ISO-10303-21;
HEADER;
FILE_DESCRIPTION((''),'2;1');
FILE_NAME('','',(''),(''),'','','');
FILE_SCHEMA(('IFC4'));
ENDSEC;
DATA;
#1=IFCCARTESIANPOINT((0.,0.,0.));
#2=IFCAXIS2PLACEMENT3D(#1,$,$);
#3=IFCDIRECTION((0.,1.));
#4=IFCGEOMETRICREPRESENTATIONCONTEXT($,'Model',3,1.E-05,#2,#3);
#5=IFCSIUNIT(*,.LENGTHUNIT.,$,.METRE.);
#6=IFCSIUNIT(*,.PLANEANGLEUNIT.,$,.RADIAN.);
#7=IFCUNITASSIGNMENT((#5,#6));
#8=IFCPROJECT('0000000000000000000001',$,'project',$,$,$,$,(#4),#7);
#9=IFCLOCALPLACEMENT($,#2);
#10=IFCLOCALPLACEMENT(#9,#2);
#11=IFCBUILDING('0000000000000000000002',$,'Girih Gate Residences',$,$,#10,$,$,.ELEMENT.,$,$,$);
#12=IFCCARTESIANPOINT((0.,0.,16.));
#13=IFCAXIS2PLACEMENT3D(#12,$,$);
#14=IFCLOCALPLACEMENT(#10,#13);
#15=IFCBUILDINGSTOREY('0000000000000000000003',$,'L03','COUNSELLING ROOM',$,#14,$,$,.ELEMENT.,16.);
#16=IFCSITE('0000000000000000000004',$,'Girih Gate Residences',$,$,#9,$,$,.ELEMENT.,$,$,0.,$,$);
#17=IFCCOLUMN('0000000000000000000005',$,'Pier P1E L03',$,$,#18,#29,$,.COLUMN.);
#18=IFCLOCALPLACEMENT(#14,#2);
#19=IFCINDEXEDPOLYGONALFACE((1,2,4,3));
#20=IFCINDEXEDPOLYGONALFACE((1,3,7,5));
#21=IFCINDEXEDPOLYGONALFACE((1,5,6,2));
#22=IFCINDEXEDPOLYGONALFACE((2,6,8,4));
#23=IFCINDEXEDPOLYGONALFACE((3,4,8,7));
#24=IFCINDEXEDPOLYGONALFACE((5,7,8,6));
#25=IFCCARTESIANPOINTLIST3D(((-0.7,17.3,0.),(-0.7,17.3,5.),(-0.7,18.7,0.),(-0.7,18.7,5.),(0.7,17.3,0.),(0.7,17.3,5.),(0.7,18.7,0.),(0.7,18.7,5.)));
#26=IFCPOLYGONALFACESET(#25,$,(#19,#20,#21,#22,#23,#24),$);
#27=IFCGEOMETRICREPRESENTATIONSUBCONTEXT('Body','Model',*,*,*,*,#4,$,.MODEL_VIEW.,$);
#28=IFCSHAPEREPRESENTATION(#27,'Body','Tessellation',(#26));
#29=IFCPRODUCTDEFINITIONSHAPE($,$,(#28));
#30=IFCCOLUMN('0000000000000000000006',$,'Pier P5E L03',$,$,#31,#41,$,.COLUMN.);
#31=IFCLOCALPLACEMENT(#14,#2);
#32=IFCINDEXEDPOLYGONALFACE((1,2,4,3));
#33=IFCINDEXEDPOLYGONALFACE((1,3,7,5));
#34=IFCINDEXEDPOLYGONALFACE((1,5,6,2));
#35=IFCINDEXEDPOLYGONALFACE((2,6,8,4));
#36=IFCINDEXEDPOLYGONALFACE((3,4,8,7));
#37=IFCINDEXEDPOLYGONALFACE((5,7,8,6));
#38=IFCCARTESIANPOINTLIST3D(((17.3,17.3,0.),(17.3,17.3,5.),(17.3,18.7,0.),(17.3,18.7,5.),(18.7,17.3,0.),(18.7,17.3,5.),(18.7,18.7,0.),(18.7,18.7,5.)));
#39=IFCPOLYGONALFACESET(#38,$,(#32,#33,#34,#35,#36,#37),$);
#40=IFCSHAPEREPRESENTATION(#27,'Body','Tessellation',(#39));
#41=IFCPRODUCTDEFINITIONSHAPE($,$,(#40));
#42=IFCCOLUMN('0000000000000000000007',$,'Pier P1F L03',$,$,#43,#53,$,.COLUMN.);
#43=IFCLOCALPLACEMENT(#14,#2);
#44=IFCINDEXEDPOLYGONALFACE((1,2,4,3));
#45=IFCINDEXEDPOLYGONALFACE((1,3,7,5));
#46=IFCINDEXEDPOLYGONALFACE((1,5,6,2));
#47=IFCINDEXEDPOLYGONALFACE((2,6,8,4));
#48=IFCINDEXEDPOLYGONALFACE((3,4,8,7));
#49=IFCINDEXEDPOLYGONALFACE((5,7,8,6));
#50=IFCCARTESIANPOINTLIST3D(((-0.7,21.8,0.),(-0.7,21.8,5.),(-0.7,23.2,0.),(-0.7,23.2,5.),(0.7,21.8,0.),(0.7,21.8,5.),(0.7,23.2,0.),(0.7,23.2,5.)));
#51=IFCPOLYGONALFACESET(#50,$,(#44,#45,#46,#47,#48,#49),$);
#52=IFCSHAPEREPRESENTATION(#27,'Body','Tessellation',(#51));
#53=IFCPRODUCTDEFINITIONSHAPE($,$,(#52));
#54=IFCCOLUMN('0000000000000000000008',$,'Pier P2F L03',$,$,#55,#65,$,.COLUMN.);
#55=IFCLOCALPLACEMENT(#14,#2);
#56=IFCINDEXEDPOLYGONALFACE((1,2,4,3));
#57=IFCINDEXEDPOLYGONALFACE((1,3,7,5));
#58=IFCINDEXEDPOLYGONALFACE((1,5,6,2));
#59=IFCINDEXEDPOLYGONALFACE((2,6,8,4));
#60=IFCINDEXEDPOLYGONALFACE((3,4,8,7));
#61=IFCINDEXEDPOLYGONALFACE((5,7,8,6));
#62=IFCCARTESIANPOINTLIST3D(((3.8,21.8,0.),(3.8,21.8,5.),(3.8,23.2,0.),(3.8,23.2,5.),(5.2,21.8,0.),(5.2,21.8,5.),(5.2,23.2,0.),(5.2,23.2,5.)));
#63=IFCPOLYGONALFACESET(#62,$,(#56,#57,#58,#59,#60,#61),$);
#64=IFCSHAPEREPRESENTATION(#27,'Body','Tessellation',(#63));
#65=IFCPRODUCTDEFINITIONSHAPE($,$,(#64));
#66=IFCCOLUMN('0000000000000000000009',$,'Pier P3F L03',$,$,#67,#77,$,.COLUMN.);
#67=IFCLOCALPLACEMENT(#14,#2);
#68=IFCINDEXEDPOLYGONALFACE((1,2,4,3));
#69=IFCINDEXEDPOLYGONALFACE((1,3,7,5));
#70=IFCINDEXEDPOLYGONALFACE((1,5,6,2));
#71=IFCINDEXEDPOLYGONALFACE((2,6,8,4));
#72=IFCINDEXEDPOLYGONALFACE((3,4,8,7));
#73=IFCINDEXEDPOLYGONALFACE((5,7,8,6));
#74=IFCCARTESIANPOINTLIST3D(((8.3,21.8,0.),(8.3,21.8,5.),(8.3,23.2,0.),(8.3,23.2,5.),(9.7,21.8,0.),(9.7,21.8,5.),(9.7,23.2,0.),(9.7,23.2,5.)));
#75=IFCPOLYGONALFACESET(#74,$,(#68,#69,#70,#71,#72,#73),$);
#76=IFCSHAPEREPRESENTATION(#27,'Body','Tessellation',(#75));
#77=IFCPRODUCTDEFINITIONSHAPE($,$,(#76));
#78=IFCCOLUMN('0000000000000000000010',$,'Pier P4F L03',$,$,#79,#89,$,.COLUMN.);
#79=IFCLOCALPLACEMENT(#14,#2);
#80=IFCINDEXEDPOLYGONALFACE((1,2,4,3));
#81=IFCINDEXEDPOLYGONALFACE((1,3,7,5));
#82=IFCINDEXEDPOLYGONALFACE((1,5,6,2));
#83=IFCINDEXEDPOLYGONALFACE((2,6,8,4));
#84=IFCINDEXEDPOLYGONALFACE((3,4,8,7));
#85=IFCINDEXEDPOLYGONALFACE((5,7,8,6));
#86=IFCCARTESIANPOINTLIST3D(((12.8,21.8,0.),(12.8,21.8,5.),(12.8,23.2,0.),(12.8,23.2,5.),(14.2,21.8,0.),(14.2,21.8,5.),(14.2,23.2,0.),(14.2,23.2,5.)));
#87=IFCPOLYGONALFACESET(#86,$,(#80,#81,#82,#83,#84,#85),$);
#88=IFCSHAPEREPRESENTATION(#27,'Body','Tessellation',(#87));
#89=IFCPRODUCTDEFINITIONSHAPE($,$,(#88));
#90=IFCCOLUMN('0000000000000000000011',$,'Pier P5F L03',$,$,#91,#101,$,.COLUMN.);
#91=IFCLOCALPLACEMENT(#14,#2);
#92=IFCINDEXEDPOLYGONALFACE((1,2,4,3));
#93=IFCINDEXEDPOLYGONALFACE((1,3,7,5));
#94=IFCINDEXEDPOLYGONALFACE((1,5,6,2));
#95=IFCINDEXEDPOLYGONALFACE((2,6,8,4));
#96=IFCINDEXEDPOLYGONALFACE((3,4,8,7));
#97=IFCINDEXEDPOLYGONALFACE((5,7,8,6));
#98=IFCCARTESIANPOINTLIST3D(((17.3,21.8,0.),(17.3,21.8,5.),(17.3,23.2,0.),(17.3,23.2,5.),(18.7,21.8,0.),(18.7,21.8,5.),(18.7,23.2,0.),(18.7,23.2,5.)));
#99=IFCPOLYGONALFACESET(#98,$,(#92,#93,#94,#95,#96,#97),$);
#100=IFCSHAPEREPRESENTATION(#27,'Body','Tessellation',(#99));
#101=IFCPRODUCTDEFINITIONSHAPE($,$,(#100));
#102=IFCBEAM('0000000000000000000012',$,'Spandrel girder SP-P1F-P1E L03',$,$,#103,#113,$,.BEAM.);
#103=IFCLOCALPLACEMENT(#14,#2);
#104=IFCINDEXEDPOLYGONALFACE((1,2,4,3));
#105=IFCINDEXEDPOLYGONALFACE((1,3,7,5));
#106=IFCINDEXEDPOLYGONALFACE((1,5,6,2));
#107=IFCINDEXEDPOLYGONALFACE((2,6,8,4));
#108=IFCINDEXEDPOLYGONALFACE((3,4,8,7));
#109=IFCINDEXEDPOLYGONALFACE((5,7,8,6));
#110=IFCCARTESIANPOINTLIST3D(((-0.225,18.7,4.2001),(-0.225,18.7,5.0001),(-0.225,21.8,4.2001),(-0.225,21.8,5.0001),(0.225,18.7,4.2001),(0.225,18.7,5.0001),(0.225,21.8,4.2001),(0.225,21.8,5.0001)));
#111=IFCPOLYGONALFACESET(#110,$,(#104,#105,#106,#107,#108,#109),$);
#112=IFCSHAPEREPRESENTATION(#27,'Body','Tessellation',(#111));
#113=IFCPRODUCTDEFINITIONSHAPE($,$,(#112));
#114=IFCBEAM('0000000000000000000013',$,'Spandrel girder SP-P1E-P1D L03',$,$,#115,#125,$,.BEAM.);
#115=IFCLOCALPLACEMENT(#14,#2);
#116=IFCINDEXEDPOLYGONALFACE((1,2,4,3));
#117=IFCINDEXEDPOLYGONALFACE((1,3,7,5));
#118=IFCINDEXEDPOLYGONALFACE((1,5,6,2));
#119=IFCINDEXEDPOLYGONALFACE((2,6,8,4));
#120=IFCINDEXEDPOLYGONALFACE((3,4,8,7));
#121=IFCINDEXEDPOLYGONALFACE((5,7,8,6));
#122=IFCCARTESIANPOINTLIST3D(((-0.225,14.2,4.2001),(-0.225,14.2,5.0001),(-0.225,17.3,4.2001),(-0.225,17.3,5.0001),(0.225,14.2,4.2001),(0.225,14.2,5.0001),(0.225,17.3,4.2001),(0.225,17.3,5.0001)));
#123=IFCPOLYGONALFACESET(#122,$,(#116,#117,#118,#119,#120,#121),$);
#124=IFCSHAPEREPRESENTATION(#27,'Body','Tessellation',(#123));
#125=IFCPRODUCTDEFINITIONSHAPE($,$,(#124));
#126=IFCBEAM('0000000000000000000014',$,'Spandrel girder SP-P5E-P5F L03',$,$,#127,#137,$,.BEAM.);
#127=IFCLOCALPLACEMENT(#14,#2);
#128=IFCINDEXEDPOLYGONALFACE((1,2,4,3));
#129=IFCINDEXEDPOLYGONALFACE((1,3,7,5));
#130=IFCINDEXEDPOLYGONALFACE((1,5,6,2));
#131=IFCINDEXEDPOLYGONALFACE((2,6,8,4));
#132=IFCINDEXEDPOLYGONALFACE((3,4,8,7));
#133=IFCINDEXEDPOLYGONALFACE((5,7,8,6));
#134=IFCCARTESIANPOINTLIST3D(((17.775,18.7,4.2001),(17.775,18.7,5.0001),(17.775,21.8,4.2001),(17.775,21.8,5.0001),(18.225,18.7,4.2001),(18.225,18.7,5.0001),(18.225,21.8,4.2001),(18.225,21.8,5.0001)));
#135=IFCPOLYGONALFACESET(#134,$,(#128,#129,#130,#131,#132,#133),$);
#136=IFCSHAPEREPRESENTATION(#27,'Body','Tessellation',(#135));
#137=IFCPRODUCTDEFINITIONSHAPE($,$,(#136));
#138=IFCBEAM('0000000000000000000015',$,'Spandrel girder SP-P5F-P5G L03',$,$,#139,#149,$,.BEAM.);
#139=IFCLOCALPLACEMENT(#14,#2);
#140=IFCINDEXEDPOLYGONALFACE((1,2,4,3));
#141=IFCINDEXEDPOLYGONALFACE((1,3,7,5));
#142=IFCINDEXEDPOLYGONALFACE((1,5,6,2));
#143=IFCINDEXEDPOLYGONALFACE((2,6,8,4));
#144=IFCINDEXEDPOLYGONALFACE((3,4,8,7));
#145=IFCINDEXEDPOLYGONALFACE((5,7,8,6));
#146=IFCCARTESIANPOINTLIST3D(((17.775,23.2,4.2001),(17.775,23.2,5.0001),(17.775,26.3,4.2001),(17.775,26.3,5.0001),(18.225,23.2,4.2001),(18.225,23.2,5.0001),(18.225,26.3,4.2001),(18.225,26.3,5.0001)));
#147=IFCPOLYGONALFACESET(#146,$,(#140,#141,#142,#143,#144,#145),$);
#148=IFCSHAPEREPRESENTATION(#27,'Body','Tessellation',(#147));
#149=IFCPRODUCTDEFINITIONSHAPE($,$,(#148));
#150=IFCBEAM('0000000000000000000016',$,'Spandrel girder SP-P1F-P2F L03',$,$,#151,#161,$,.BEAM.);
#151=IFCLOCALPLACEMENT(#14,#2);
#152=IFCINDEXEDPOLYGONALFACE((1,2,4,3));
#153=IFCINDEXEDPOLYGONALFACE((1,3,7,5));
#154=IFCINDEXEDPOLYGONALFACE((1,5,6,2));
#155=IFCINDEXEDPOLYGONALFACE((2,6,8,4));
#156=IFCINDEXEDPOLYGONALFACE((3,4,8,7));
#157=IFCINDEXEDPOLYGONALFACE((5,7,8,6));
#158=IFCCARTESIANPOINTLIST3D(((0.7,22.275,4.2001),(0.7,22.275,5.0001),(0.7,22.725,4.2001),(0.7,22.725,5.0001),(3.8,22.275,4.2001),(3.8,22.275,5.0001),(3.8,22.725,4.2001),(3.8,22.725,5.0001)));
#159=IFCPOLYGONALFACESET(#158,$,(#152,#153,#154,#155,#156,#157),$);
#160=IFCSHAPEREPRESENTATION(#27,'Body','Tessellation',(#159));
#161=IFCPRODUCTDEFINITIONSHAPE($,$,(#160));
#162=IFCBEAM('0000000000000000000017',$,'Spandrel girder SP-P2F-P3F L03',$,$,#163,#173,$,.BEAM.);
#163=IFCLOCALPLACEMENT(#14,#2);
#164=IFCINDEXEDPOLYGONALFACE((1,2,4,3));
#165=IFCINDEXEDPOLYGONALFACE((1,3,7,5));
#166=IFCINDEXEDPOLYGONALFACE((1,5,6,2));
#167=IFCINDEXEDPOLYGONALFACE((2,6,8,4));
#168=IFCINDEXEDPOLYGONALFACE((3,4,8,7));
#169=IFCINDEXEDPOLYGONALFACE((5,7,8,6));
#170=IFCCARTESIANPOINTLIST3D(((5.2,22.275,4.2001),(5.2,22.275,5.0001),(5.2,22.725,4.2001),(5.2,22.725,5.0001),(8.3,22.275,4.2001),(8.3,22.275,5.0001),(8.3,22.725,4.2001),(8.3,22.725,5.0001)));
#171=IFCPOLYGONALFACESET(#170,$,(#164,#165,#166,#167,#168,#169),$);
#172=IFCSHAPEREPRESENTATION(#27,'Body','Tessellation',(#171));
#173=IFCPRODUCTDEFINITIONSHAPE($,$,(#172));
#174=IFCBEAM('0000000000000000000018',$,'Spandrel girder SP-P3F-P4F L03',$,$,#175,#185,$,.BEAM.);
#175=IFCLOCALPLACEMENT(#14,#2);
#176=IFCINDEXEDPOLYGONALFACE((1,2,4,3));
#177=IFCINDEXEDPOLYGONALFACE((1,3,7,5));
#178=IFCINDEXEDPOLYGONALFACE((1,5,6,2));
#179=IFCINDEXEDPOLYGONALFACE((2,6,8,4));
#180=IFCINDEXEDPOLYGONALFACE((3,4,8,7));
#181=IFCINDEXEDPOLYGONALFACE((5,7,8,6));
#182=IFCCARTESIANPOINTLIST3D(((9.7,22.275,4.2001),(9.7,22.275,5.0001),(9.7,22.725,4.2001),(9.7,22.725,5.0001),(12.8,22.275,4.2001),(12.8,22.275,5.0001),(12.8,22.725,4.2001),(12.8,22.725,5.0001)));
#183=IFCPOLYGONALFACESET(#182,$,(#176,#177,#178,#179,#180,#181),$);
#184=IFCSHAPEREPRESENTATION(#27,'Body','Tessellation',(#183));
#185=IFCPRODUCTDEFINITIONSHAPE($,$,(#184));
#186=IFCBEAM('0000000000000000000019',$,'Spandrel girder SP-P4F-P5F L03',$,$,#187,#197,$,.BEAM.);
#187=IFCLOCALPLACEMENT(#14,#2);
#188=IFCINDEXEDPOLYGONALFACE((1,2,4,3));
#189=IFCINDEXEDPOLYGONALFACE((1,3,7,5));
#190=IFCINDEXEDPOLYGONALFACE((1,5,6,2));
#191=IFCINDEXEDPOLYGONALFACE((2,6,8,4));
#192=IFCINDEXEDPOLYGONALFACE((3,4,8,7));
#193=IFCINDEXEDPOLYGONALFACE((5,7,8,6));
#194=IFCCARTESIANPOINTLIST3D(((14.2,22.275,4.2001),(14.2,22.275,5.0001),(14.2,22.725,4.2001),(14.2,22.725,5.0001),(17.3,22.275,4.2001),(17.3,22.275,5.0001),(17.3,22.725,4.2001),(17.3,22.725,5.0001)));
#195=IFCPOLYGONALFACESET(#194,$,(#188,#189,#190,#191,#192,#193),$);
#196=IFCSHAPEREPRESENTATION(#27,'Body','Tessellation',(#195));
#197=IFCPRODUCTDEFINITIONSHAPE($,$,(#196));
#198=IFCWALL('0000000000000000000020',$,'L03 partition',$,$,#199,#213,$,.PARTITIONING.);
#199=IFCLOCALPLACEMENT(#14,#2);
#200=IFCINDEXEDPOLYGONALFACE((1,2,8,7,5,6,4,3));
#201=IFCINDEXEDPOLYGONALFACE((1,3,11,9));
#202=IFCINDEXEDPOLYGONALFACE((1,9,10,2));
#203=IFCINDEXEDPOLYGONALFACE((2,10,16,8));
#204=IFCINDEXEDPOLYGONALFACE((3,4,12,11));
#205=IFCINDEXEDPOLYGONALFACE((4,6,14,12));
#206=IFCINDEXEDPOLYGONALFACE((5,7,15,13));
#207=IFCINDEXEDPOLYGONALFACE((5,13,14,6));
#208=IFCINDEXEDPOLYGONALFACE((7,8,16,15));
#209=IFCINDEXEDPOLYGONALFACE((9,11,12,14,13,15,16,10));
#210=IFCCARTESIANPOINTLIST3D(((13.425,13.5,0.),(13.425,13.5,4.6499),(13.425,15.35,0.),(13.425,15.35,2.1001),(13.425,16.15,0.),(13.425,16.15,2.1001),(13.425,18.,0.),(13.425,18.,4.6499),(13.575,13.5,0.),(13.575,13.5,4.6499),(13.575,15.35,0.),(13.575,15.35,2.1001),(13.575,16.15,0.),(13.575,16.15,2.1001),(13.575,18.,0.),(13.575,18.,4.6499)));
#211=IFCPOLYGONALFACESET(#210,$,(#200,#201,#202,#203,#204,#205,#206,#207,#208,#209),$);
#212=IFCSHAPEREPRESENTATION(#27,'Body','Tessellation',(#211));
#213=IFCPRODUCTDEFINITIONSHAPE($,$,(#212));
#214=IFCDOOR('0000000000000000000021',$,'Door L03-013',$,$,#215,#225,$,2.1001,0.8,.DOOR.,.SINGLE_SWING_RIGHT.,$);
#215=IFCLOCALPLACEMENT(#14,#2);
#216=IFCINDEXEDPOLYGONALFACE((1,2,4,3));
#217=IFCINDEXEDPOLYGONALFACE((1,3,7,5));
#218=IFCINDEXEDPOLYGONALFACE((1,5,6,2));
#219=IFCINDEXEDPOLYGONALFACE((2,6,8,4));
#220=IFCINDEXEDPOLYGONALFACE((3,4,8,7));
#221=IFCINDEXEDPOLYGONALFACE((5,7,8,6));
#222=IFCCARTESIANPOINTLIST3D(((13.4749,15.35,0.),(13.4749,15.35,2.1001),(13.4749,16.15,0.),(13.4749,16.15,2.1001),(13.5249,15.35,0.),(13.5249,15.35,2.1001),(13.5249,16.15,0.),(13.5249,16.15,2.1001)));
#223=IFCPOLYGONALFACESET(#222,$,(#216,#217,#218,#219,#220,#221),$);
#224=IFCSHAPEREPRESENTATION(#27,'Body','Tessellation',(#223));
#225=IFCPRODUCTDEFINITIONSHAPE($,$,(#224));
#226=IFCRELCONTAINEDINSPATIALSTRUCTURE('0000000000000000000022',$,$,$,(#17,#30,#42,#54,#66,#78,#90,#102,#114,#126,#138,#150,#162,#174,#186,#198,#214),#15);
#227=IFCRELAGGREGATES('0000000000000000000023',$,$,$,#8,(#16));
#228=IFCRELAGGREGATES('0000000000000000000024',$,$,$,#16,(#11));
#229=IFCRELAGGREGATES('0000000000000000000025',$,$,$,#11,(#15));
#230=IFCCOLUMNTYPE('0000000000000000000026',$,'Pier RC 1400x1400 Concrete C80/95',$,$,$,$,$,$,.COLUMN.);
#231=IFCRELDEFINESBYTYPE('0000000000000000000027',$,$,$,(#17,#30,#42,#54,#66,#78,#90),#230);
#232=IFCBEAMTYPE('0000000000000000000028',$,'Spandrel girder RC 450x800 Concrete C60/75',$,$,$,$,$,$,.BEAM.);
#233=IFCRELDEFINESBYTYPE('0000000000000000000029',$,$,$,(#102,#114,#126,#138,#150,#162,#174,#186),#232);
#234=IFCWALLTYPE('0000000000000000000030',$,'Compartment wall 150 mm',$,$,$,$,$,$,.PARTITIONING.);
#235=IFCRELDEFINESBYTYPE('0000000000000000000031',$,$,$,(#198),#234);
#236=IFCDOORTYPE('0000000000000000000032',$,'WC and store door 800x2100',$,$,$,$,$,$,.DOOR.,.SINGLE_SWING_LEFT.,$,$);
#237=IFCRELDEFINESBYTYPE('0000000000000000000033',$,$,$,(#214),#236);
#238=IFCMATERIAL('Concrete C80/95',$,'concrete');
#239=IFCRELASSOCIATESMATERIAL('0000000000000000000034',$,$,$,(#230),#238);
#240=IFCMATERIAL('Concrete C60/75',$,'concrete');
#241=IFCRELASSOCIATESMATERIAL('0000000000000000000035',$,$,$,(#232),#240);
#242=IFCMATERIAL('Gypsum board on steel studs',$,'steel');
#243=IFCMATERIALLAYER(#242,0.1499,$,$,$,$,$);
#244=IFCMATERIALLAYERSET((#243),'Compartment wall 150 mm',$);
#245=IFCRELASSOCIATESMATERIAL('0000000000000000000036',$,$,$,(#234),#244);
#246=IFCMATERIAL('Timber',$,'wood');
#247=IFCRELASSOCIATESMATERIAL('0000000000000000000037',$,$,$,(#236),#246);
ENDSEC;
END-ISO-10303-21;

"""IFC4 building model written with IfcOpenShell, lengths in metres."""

from ifc_helpers import new_model, si_unit, direction, frame, frame_2d, origin, origin_2d, place, context, subcontext, project, spatial, rectangle, extrude, material, layer, layer_set, material_profile, profile_set, type_object, element, fill, save


model = new_model("IFC4")

# Units and contexts
model_context = context("Model", 3, precision=1e-05, world=origin(), true_north=direction((0.0, 1.0)))
body_context = subcontext(model_context, "Body", "Model", "MODEL_VIEW")
ifc_project = project(units=[si_unit("LENGTHUNIT", "METRE"), si_unit("PLANEANGLEUNIT", "RADIAN")], contexts=[model_context])

# Site, building, storey
site_placement = place(None, origin())
site = spatial("IfcSite", under=ifc_project, at=site_placement, Name="Girih Gate Residences", CompositionType="ELEMENT", RefElevation=0.0)
building_placement = place(site_placement, origin())
building = spatial("IfcBuilding", under=site, at=building_placement, Name="Girih Gate Residences", CompositionType="ELEMENT")
storey_placement = place(building_placement, frame((0.0, 0.0, 16.0)))
storey = spatial("IfcBuildingStorey", under=building, at=storey_placement, Name="L03", Description="COUNSELLING ROOM", CompositionType="ELEMENT", Elevation=16.0)

# Columns
ifc_material_1 = material(Name="Concrete C80/95", Category="concrete")
ifc_material_profile_1 = material_profile(ifc_material_1, rectangle(XDim=1.3999, YDim=1.3999, at=origin_2d()))
ifc_profile_set_1 = profile_set([ifc_material_profile_1], Name="Concrete C80/95")
column_type = type_object("IfcColumnType", Name="Pier RC 1400x1400 Concrete C80/95", PredefinedType="COLUMN", material=ifc_profile_set_1)
for number, where, z_axis, x_axis, name in (
    (1, (0.0, 18.0, 0.0), (0.0, 0.0, 1.0), (1.0, 0.0, 0.0), "Pier P1E L03"),
    (2, (18.0, 18.0, 0.0), (0.0, 0.0, 1.0), (1.0, 0.0, 0.0), "Pier P5E L03"),
    (3, (0.0, 22.5, 0.0), (0.0, 0.0, 1.0), (1.0, 0.0, 0.0), "Pier P1F L03"),
    (4, (4.5, 22.5, 0.0), (0.0, 0.0, 1.0), (1.0, 0.0, 0.0), "Pier P2F L03"),
    (5, (9.0, 22.5, 0.0), (0.0, 0.0, 1.0), (1.0, 0.0, 0.0), "Pier P3F L03"),
    (6, (13.5, 22.5, 0.0), (0.0, 0.0, 1.0), (1.0, 0.0, 0.0), "Pier P4F L03"),
    (7, (18.0, 22.5, 0.0), (0.0, 0.0, 1.0), (1.0, 0.0, 0.0), "Pier P5F L03"),
):
    element("IfcColumn", number, at=place(storey_placement, frame(where, z_axis=z_axis, x_axis=x_axis)), inside=storey, type_object=column_type, Name=name, PredefinedType="COLUMN", context=body_context, shape_type="SweptSolid", body=[
        extrude(rectangle(XDim=1.3999, YDim=1.3999, at=origin_2d()), origin(), (0.0, 0.0, 1.0), 5.0),
    ])

# Beams
ifc_material_2 = material(Name="Concrete C60/75", Category="concrete")
ifc_material_profile_2 = material_profile(ifc_material_2, rectangle(XDim=0.45, YDim=0.8, at=origin_2d()))
ifc_profile_set_2 = profile_set([ifc_material_profile_2], Name="Concrete C60/75")
beam_type = type_object("IfcBeamType", Name="Spandrel girder RC 450x800 Concrete C60/75", PredefinedType="BEAM", material=ifc_profile_set_2)
for number, where, z_axis, x_axis, name in (
    (8, (0.0, 21.8, 4.6001), (0.0, -1.0, 0.0), (1.0, 0.0, 0.0), "Spandrel girder SP-P1F-P1E L03"),
    (9, (0.0, 17.3, 4.6001), (0.0, -1.0, 0.0), (1.0, 0.0, 0.0), "Spandrel girder SP-P1E-P1D L03"),
    (10, (18.0, 18.7, 4.6001), (0.0, 1.0, 0.0), (-1.0, 0.0, 0.0), "Spandrel girder SP-P5E-P5F L03"),
    (11, (18.0, 23.2, 4.6001), (0.0, 1.0, 0.0), (-1.0, 0.0, 0.0), "Spandrel girder SP-P5F-P5G L03"),
    (12, (0.7, 22.5, 4.6001), (1.0, 0.0, 0.0), (0.0, 1.0, 0.0), "Spandrel girder SP-P1F-P2F L03"),
    (13, (5.2, 22.5, 4.6001), (1.0, 0.0, 0.0), (0.0, 1.0, 0.0), "Spandrel girder SP-P2F-P3F L03"),
    (14, (9.7, 22.5, 4.6001), (1.0, 0.0, 0.0), (0.0, 1.0, 0.0), "Spandrel girder SP-P3F-P4F L03"),
    (15, (14.2, 22.5, 4.6001), (1.0, 0.0, 0.0), (0.0, 1.0, 0.0), "Spandrel girder SP-P4F-P5F L03"),
):
    element("IfcBeam", number, at=place(storey_placement, frame(where, z_axis=z_axis, x_axis=x_axis)), inside=storey, type_object=beam_type, Name=name, PredefinedType="BEAM", context=body_context, shape_type="SweptSolid", body=[
        extrude(rectangle(XDim=0.45, YDim=0.8, at=origin_2d()), origin(), (0.0, 0.0, 1.0), 3.1001),
    ])

# Wall, opening, door
ifc_material_3 = material(Name="Gypsum board on steel studs", Category="steel")
ifc_layer_1 = layer(ifc_material_3, 0.1499)
ifc_layer_set_1 = layer_set([ifc_layer_1], Name="Compartment wall 150 mm")
wall_type_1 = type_object("IfcWallType", Name="Compartment wall 150 mm", PredefinedType="PARTITIONING", material=ifc_layer_set_1)
wall_1_placement = place(storey_placement, frame((13.5, 18.0, 0.0), z_axis=(0.0, 0.0, 1.0), x_axis=(0.0, -1.0, 0.0)))
wall_1 = element("IfcWall", 16, at=wall_1_placement, inside=storey, type_object=wall_type_1, Name="L03 partition", PredefinedType="PARTITIONING", context=body_context, shape_type="SweptSolid", body=[
    extrude(rectangle(XDim=4.5, YDim=0.1499, at=frame_2d((2.25, 0.0))), origin(), (0.0, 0.0, 1.0), 4.6499),
])
opening_1_placement = place(wall_1_placement, frame((1.8501, 0.0, 0.0)))
opening_1 = element("IfcOpeningElement", 17, at=opening_1_placement, cuts=wall_1, PredefinedType="OPENING", context=body_context, shape_type="SweptSolid", body=[
    extrude(rectangle(XDim=0.8, YDim=2.1001, at=frame_2d((0.3999, 1.05))), frame((0.0, 0.085, 0.0), z_axis=(0.0, -1.0, 0.0), x_axis=(1.0, 0.0, 0.0)), (0.0, 0.0, 1.0), 0.1699),
])
ifc_material_4 = material(Name="Timber", Category="wood")
door_type_1 = type_object("IfcDoorType", Name="WC and store door 800x2100", OperationType="SINGLE_SWING_LEFT", PredefinedType="DOOR", material=ifc_material_4)
door_1_placement = place(opening_1_placement, origin())
door_1 = element("IfcDoor", 18, at=door_1_placement, inside=storey, type_object=door_type_1, Name="Door L03-013", OperationType="SINGLE_SWING_RIGHT", OverallHeight=2.1001, OverallWidth=0.8, PredefinedType="DOOR", context=body_context, shape_type="SweptSolid", body=[
    extrude(rectangle(XDim=0.8, YDim=2.1001, at=frame_2d((0.3999, 1.05))), frame((0.0, 0.0249, 0.0), z_axis=(0.0, -1.0, 0.0), x_axis=(1.0, 0.0, 0.0)), (0.0, 0.0, 1.0), 0.05),
])
fill(opening_1, door_1)

save(model, "model.ifc")
